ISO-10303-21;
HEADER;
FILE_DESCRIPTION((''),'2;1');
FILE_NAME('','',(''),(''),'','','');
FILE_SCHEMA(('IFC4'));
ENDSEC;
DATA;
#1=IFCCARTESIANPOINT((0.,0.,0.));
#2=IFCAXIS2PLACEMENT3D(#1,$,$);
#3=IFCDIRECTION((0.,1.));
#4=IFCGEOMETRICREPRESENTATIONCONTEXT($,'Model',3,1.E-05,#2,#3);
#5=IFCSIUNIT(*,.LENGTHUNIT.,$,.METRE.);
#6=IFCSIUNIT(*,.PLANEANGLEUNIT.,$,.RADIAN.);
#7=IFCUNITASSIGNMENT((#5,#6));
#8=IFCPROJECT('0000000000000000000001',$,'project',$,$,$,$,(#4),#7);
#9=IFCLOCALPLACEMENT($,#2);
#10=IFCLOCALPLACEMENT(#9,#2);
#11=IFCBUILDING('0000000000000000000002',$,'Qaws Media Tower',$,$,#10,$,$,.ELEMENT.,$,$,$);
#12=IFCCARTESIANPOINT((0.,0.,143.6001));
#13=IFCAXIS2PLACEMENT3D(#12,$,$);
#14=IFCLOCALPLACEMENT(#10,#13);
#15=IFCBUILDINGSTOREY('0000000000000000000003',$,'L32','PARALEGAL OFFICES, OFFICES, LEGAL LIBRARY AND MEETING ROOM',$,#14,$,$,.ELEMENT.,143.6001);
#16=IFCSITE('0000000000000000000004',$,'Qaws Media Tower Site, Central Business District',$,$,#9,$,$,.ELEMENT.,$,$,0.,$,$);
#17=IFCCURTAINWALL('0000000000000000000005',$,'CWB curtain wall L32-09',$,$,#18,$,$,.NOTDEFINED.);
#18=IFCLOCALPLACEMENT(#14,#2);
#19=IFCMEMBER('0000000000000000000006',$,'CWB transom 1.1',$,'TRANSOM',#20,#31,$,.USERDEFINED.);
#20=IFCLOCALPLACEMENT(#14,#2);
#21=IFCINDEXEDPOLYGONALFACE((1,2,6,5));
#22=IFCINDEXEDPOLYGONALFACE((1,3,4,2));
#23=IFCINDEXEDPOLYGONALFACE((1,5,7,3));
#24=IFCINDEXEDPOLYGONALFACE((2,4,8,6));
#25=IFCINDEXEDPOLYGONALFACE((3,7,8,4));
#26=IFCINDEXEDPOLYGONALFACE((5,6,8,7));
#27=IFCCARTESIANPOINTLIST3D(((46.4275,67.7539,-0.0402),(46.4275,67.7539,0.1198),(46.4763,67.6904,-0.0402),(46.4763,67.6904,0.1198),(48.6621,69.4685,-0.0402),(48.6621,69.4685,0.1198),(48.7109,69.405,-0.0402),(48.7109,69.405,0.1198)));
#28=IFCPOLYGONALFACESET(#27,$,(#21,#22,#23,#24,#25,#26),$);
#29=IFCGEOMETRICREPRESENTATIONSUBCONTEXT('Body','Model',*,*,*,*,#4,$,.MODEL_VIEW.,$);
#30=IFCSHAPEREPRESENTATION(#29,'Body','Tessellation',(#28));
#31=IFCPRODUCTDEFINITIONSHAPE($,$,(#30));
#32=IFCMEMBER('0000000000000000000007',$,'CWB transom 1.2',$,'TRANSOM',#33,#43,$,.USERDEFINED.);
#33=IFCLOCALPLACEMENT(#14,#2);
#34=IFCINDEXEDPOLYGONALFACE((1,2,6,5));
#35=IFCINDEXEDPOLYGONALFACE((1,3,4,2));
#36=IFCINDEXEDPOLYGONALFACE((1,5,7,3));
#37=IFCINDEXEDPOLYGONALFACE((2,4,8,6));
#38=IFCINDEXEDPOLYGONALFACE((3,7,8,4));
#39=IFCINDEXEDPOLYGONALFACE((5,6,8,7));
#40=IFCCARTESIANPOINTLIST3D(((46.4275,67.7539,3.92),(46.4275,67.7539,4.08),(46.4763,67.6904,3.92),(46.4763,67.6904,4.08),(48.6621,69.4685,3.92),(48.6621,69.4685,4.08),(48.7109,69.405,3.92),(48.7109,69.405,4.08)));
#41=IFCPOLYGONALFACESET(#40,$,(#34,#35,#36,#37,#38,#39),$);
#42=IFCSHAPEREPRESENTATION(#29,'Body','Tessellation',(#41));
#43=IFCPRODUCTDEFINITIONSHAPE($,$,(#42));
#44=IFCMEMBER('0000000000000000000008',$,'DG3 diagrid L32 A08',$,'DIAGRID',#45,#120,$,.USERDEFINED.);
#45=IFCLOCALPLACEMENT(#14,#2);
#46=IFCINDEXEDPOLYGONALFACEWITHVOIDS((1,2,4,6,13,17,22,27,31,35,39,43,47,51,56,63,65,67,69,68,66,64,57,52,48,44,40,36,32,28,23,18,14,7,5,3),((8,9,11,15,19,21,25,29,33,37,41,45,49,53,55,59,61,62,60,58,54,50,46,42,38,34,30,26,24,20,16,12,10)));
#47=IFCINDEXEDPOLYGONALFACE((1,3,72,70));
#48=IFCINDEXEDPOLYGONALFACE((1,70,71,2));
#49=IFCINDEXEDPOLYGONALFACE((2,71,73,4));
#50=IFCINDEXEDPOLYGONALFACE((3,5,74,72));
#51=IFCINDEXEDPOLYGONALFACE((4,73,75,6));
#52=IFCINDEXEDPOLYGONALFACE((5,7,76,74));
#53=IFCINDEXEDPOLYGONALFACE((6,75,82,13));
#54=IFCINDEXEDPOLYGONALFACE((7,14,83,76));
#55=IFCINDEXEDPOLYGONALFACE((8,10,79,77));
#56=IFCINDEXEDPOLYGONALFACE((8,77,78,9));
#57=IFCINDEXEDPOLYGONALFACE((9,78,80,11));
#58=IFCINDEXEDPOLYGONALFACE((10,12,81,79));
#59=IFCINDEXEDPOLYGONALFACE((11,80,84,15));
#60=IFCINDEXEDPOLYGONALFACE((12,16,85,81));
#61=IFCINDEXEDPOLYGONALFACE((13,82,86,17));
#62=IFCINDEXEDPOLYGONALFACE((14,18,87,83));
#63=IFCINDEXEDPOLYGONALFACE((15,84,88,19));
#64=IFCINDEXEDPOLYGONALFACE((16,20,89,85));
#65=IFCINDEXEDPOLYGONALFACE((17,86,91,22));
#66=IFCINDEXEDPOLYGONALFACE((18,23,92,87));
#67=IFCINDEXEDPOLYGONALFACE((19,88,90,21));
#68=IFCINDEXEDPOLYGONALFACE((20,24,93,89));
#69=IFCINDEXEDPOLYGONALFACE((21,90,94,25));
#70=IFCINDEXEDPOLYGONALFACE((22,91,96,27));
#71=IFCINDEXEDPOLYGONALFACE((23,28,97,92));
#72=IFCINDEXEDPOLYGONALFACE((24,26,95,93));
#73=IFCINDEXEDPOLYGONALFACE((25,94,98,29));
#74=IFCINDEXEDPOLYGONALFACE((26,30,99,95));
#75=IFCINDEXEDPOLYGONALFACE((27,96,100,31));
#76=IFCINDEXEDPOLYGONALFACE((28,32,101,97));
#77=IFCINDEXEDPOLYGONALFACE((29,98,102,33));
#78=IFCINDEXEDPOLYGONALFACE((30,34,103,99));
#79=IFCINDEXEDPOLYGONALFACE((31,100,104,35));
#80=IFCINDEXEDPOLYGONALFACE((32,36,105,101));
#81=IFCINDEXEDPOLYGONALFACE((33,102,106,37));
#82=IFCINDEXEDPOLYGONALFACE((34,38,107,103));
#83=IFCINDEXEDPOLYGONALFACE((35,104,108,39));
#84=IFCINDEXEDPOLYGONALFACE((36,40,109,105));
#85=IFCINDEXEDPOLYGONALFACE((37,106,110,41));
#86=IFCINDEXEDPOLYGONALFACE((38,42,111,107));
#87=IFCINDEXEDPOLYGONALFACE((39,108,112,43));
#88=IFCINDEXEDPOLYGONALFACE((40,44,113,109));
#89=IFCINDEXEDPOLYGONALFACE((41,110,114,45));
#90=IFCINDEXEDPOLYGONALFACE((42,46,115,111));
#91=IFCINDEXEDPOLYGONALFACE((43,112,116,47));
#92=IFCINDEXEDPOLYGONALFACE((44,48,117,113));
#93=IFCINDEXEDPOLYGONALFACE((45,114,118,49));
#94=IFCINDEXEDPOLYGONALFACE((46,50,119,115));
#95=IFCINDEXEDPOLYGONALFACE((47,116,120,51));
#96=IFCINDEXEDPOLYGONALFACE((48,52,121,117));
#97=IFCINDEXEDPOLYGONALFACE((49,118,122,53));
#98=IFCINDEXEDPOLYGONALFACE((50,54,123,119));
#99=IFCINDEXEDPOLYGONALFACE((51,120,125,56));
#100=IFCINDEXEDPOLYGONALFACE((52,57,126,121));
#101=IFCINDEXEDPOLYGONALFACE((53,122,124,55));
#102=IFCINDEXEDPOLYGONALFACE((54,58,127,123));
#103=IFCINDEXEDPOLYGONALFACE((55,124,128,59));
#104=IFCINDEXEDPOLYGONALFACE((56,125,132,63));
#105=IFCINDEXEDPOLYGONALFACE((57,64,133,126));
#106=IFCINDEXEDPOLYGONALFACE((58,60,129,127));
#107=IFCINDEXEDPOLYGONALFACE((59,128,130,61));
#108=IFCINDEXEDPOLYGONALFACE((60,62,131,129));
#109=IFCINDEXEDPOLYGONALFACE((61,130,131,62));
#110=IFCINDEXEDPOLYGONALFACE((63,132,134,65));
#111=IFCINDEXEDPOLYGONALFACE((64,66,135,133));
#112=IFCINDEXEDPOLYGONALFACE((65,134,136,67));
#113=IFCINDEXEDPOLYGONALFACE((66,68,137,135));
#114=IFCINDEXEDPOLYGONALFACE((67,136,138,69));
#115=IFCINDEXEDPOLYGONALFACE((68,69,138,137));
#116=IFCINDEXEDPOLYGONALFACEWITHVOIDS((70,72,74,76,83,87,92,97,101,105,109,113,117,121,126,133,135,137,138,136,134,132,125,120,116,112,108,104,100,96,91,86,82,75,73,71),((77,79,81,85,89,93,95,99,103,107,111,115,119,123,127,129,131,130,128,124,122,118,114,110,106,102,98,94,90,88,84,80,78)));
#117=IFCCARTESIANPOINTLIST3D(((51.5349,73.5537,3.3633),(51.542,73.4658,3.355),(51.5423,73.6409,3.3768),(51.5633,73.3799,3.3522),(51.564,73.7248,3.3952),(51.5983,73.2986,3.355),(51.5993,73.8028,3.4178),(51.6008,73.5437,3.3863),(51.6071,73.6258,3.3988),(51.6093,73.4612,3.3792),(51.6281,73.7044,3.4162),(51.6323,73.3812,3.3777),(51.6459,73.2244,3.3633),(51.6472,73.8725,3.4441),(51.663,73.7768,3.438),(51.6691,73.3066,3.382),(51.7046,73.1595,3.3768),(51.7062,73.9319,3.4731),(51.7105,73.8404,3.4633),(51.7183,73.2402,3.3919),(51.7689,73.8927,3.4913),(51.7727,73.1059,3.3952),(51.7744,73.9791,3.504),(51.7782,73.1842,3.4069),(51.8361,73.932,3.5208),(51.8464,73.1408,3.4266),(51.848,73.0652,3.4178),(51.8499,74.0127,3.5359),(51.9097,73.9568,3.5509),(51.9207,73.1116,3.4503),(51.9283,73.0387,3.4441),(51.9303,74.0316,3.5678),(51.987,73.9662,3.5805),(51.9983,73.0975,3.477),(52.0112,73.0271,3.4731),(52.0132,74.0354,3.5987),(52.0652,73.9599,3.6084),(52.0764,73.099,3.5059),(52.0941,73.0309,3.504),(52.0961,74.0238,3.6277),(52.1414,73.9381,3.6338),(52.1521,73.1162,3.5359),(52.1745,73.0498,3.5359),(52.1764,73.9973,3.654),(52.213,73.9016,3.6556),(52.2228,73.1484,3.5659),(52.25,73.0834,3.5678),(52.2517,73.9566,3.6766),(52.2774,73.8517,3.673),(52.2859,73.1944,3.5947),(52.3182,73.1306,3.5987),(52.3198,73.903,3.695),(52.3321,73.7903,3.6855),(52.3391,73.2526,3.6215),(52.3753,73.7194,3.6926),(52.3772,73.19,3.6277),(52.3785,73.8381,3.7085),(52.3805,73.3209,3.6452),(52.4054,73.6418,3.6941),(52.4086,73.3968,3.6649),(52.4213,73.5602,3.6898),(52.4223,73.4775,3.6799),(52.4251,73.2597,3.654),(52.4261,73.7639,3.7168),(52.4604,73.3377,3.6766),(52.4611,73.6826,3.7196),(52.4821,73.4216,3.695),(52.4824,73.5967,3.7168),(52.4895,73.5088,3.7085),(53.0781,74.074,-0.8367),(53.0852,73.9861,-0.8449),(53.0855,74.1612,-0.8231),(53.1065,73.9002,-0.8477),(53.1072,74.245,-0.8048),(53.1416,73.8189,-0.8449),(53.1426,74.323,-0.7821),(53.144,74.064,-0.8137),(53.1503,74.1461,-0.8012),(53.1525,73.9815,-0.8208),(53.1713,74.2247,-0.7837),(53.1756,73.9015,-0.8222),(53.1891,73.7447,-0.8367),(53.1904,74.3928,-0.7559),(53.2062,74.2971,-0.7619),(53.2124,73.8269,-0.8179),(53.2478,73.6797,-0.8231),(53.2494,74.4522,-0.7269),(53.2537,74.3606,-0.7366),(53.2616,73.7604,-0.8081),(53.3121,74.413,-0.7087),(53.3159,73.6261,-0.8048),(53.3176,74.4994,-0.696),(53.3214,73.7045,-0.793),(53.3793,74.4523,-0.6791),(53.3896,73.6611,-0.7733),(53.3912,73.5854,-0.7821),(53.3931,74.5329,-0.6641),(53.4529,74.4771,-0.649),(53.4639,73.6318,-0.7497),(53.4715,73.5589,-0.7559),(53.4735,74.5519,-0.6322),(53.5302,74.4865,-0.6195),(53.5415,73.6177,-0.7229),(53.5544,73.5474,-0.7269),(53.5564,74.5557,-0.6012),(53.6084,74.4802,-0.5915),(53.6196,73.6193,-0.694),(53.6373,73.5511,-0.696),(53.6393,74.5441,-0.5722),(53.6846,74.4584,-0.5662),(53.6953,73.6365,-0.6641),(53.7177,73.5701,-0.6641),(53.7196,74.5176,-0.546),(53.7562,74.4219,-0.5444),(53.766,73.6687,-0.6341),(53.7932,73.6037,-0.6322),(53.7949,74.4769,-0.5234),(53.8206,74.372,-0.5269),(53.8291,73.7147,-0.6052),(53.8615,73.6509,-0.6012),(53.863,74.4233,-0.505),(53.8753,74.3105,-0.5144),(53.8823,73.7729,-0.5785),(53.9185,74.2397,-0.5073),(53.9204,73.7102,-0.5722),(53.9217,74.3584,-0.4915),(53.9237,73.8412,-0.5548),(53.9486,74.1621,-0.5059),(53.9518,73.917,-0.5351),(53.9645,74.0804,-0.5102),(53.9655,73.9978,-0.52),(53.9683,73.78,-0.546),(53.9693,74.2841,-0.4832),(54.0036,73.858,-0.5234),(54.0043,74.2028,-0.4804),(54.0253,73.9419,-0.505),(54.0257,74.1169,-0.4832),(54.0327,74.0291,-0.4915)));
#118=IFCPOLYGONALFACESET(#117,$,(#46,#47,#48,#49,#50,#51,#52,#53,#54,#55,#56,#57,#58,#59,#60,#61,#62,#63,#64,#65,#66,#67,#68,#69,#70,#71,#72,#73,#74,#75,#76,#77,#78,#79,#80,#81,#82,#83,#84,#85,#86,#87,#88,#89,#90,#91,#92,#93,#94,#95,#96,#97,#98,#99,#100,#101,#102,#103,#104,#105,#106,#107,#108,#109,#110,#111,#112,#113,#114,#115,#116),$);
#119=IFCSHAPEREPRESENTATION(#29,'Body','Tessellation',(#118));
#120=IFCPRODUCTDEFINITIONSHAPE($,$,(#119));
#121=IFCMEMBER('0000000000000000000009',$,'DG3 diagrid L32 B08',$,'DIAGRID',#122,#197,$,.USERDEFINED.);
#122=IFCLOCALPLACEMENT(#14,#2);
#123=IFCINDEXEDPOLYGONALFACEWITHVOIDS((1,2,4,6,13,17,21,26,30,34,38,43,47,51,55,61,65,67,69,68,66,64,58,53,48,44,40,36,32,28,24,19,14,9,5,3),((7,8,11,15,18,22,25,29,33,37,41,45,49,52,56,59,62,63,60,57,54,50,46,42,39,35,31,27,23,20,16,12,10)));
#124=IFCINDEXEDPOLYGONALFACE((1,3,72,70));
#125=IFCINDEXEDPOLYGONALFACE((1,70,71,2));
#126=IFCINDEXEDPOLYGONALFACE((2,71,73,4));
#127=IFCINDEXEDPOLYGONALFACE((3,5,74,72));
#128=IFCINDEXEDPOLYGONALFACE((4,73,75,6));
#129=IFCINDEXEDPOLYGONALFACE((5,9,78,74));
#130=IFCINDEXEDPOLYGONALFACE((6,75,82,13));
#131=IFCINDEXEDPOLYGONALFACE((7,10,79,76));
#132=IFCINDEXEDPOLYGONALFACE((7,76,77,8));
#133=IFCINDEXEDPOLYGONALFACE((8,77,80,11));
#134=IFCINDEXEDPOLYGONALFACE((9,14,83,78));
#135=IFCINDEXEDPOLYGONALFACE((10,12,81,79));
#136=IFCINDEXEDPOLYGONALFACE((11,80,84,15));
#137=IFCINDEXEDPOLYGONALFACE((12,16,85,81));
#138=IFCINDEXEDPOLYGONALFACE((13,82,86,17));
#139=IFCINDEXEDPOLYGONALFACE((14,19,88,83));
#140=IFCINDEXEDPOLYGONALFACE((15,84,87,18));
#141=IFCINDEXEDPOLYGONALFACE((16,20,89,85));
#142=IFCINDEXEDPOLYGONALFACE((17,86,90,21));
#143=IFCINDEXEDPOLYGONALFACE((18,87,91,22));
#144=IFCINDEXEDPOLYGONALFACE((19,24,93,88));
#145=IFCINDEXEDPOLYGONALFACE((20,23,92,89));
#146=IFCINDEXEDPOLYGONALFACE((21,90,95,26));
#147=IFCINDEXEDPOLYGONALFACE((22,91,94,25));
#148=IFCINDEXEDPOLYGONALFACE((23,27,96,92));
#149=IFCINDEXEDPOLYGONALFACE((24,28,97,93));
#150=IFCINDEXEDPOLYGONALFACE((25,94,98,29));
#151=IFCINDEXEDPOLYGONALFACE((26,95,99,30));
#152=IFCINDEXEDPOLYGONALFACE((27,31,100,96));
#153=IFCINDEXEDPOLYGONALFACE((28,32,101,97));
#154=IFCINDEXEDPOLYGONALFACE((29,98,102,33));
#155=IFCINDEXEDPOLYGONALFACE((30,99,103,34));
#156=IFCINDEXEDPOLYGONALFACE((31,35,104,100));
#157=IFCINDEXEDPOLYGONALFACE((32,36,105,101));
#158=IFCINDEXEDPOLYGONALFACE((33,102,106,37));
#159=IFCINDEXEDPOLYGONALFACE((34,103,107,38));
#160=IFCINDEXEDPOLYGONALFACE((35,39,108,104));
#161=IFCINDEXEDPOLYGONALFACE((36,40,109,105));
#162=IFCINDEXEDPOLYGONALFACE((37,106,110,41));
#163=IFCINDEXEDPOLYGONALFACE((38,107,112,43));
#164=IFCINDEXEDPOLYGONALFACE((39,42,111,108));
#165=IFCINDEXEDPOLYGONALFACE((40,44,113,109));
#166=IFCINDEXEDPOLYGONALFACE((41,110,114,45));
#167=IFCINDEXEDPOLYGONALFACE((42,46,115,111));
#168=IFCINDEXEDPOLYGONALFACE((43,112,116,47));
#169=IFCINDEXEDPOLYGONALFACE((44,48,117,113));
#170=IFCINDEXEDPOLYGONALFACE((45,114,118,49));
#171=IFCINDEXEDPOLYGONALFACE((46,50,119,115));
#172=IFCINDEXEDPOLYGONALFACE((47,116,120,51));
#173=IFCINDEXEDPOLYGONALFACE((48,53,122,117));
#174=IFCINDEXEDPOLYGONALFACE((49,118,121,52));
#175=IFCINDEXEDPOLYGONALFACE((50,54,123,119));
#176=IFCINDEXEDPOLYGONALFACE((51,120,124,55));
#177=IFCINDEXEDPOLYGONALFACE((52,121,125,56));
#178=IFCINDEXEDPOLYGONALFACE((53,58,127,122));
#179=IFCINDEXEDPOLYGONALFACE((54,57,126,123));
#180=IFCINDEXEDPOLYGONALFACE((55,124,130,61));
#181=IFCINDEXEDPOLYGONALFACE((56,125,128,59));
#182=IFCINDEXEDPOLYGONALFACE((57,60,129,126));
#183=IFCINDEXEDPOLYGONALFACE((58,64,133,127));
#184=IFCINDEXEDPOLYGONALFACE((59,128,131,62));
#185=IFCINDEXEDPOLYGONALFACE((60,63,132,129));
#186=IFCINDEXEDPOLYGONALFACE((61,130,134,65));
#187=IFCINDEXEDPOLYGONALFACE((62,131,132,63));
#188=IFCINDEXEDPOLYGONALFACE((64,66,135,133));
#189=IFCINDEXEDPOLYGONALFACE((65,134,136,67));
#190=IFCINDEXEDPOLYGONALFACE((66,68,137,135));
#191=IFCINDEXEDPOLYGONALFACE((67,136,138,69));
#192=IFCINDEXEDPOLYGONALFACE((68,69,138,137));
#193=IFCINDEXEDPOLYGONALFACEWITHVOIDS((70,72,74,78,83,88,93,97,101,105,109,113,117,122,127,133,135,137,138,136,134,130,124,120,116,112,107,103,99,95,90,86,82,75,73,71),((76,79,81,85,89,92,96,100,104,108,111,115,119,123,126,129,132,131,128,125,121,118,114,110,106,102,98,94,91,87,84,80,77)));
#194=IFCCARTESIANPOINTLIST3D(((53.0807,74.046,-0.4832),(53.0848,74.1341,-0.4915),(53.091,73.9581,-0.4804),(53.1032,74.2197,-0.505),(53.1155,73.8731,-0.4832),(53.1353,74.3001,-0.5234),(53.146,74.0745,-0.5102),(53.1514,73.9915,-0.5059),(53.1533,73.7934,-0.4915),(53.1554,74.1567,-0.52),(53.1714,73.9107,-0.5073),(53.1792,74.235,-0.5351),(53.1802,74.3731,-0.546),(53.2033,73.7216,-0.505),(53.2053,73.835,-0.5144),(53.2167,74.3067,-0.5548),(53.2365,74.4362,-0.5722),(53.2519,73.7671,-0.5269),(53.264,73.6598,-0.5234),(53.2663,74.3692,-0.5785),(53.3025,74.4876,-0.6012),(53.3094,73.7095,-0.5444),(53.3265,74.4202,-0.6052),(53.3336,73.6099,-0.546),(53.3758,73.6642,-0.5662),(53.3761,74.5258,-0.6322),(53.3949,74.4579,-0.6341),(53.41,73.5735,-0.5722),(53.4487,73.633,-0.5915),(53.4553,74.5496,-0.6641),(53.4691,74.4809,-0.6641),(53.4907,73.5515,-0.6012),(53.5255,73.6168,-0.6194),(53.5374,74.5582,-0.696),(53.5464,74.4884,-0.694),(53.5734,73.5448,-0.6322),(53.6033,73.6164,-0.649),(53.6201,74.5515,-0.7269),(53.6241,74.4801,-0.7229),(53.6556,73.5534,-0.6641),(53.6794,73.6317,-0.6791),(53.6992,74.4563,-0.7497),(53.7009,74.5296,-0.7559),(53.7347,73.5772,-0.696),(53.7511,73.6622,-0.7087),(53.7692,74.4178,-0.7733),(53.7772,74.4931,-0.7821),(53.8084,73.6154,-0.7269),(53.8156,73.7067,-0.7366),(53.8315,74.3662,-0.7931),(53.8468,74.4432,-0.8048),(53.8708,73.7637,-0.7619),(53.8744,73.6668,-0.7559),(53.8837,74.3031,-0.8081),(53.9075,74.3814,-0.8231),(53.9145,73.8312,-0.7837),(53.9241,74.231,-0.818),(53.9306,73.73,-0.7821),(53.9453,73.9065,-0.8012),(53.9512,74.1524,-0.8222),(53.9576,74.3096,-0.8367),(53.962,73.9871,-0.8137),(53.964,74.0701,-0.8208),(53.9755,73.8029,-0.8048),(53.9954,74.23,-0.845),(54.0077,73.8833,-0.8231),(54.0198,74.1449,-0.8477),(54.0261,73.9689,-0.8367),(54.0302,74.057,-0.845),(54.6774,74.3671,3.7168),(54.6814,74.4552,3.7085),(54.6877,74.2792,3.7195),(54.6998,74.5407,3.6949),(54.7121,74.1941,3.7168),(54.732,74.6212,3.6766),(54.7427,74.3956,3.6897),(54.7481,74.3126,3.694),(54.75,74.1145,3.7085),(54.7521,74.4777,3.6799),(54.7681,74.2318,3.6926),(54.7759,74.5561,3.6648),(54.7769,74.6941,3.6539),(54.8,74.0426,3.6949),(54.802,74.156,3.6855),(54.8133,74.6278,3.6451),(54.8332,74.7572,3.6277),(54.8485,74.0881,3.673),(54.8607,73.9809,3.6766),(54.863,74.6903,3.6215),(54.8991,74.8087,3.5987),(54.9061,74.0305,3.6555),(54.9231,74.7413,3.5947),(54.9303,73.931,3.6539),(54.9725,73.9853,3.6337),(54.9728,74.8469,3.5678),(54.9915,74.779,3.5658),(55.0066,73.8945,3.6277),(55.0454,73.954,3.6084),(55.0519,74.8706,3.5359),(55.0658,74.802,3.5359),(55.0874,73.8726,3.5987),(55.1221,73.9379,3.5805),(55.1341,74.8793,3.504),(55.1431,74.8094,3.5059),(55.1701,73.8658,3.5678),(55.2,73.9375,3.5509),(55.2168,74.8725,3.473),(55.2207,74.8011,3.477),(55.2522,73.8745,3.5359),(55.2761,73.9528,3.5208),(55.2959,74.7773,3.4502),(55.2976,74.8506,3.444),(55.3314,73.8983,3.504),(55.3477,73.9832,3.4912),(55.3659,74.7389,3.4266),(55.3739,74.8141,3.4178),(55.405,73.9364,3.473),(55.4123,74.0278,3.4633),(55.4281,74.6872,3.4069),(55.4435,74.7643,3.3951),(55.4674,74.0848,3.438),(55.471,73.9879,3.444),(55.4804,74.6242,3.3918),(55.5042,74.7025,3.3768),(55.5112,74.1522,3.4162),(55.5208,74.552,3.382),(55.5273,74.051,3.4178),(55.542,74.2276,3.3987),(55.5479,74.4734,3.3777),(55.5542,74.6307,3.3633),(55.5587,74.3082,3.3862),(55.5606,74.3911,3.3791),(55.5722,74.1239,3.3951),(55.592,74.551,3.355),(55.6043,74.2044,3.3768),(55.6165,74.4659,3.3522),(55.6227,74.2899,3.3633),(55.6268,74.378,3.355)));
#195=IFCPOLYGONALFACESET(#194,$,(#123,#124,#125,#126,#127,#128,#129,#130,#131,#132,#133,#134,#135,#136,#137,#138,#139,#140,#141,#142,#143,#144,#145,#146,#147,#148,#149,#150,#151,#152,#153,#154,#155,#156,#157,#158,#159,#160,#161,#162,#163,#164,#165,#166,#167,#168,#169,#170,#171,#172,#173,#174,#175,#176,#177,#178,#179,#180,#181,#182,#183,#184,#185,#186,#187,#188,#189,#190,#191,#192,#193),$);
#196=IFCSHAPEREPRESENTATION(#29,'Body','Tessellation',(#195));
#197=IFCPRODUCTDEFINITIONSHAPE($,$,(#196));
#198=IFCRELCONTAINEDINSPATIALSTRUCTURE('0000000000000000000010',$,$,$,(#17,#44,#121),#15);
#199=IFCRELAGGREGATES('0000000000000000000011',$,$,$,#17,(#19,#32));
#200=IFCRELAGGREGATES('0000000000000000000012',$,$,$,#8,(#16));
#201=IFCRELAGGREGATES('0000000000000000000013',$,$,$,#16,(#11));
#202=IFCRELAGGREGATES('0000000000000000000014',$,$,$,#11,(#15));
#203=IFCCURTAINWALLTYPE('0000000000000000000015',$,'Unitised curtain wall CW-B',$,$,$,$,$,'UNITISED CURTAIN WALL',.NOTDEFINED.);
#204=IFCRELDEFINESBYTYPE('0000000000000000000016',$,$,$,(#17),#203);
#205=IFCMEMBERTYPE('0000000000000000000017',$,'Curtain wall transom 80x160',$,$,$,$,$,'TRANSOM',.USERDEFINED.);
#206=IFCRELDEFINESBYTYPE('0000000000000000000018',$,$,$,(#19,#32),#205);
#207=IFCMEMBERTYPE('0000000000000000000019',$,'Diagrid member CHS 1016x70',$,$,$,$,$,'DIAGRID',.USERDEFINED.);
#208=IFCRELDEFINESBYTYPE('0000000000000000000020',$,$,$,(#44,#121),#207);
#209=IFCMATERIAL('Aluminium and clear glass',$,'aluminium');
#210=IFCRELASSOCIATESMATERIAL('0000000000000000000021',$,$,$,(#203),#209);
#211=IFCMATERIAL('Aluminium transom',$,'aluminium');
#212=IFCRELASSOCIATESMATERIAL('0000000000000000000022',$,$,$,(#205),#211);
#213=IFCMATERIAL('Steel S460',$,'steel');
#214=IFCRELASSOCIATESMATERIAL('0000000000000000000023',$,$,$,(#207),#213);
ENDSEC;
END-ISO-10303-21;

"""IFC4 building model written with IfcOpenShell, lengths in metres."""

from ifc_helpers import new_model, si_unit, direction, frame, origin, origin_2d, place, context, subcontext, project, spatial, rectangle, hollow_circle, extrude, material, material_profile, profile_set, type_object, element, aggregate, save


model = new_model("IFC4")

# Units and contexts
model_context = context("Model", 3, precision=1e-05, world=origin(), true_north=direction((0.0, 1.0)))
body_context = subcontext(model_context, "Body", "Model", "MODEL_VIEW")
ifc_project = project(units=[si_unit("LENGTHUNIT", "METRE"), si_unit("PLANEANGLEUNIT", "RADIAN")], contexts=[model_context])

# Site, building, storey
site_placement = place(None, origin())
site = spatial("IfcSite", under=ifc_project, at=site_placement, Name="Qaws Media Tower Site, Central Business District", CompositionType="ELEMENT", RefElevation=0.0)
building_placement = place(site_placement, origin())
building = spatial("IfcBuilding", under=site, at=building_placement, Name="Qaws Media Tower", CompositionType="ELEMENT")
storey_placement = place(building_placement, frame((0.0, 0.0, 143.6001)))
storey = spatial("IfcBuildingStorey", under=building, at=storey_placement, Name="L32", Description="PARALEGAL OFFICES, OFFICES, LEGAL LIBRARY AND MEETING ROOM", CompositionType="ELEMENT", Elevation=143.6001)

# Shared definitions
ifc_material_1 = material(Name="Aluminium and clear glass", Category="aluminium")
curtain_wall_type = type_object("IfcCurtainWallType", Name="Unitised curtain wall CW-B", ElementType="UNITISED CURTAIN WALL", PredefinedType="NOTDEFINED", material=ifc_material_1)

# Curtain wall
curtain_wall_1_placement = place(storey_placement, origin())
curtain_wall_1 = element("IfcCurtainWall", 1, at=curtain_wall_1_placement, inside=storey, type_object=curtain_wall_type, Name="CWB curtain wall L32-09", PredefinedType="NOTDEFINED")

# Members
ifc_material_2 = material(Name="Aluminium transom", Category="aluminium")
ifc_material_profile_1 = material_profile(ifc_material_2, rectangle(XDim=0.0801, YDim=0.1599, at=origin_2d()), Name="80x160")
ifc_profile_set_1 = profile_set([ifc_material_profile_1], Name="Aluminium transom")
member_type_1 = type_object("IfcMemberType", Name="Curtain wall transom 80x160", ElementType="TRANSOM", PredefinedType="USERDEFINED", material=ifc_profile_set_1)
member_1_placement = place(storey_placement, frame((48.6865, 69.4368, 0.0398), z_axis=(-0.793368, -0.608743, 0.0), x_axis=(0.608743, -0.793368, 0.0)))
member_1 = element("IfcMember", 2, at=member_1_placement, type_object=member_type_1, Name="CWB transom 1.1", ObjectType="TRANSOM", PredefinedType="USERDEFINED", context=body_context, shape_type="SweptSolid", body=[
    extrude(rectangle(XDim=0.0801, YDim=0.1599, at=origin_2d()), origin(), (0.0, 0.0, 1.0), 2.8167),
])
member_2_placement = place(storey_placement, frame((48.6865, 69.4368, 4.0), z_axis=(-0.793368, -0.608743, 0.0), x_axis=(0.608743, -0.793368, 0.0)))
member_2 = element("IfcMember", 3, at=member_2_placement, type_object=member_type_1, Name="CWB transom 1.2", ObjectType="TRANSOM", PredefinedType="USERDEFINED", context=body_context, shape_type="SweptSolid", body=[
    extrude(rectangle(XDim=0.0801, YDim=0.1599, at=origin_2d()), origin(), (0.0, 0.0, 1.0), 2.8167),
])

# Members
ifc_material_3 = material(Name="Steel S460", Category="steel")
ifc_material_profile_2 = material_profile(ifc_material_3, hollow_circle(Radius=0.5081, WallThickness=0.0701, at=origin_2d()), Name="CHS 1016x70")
ifc_profile_set_2 = profile_set([ifc_material_profile_2], Name="Steel S460")
member_type_2 = type_object("IfcMemberType", Name="Diagrid member CHS 1016x70", ElementType="DIAGRID", PredefinedType="USERDEFINED", material=ifc_profile_set_2)
for number, where, z_axis, x_axis, name in (
    (4, (53.5554, 74.0515, -0.6641), (-0.342583, -0.115495, 0.932361), (0.319464, -0.947598, 0.0), "DG3 diagrid L32 A08"),
    (5, (53.5554, 74.0515, -0.6641), (0.35445, 0.071269, 0.932355), (-0.197125, 0.980378, 0.0), "DG3 diagrid L32 B08"),
):
    element("IfcMember", number, at=place(storey_placement, frame(where, z_axis=z_axis, x_axis=x_axis)), inside=storey, type_object=member_type_2, Name=name, ObjectType="DIAGRID", PredefinedType="USERDEFINED", context=body_context, shape_type="SweptSolid", body=[
        extrude(hollow_circle(Radius=0.5081, WallThickness=0.0701, at=origin_2d()), origin(), (0.0, 0.0, 1.0), 4.5046),
    ])

aggregate(curtain_wall_1, [member_1, member_2])

save(model, "model.ifc")
